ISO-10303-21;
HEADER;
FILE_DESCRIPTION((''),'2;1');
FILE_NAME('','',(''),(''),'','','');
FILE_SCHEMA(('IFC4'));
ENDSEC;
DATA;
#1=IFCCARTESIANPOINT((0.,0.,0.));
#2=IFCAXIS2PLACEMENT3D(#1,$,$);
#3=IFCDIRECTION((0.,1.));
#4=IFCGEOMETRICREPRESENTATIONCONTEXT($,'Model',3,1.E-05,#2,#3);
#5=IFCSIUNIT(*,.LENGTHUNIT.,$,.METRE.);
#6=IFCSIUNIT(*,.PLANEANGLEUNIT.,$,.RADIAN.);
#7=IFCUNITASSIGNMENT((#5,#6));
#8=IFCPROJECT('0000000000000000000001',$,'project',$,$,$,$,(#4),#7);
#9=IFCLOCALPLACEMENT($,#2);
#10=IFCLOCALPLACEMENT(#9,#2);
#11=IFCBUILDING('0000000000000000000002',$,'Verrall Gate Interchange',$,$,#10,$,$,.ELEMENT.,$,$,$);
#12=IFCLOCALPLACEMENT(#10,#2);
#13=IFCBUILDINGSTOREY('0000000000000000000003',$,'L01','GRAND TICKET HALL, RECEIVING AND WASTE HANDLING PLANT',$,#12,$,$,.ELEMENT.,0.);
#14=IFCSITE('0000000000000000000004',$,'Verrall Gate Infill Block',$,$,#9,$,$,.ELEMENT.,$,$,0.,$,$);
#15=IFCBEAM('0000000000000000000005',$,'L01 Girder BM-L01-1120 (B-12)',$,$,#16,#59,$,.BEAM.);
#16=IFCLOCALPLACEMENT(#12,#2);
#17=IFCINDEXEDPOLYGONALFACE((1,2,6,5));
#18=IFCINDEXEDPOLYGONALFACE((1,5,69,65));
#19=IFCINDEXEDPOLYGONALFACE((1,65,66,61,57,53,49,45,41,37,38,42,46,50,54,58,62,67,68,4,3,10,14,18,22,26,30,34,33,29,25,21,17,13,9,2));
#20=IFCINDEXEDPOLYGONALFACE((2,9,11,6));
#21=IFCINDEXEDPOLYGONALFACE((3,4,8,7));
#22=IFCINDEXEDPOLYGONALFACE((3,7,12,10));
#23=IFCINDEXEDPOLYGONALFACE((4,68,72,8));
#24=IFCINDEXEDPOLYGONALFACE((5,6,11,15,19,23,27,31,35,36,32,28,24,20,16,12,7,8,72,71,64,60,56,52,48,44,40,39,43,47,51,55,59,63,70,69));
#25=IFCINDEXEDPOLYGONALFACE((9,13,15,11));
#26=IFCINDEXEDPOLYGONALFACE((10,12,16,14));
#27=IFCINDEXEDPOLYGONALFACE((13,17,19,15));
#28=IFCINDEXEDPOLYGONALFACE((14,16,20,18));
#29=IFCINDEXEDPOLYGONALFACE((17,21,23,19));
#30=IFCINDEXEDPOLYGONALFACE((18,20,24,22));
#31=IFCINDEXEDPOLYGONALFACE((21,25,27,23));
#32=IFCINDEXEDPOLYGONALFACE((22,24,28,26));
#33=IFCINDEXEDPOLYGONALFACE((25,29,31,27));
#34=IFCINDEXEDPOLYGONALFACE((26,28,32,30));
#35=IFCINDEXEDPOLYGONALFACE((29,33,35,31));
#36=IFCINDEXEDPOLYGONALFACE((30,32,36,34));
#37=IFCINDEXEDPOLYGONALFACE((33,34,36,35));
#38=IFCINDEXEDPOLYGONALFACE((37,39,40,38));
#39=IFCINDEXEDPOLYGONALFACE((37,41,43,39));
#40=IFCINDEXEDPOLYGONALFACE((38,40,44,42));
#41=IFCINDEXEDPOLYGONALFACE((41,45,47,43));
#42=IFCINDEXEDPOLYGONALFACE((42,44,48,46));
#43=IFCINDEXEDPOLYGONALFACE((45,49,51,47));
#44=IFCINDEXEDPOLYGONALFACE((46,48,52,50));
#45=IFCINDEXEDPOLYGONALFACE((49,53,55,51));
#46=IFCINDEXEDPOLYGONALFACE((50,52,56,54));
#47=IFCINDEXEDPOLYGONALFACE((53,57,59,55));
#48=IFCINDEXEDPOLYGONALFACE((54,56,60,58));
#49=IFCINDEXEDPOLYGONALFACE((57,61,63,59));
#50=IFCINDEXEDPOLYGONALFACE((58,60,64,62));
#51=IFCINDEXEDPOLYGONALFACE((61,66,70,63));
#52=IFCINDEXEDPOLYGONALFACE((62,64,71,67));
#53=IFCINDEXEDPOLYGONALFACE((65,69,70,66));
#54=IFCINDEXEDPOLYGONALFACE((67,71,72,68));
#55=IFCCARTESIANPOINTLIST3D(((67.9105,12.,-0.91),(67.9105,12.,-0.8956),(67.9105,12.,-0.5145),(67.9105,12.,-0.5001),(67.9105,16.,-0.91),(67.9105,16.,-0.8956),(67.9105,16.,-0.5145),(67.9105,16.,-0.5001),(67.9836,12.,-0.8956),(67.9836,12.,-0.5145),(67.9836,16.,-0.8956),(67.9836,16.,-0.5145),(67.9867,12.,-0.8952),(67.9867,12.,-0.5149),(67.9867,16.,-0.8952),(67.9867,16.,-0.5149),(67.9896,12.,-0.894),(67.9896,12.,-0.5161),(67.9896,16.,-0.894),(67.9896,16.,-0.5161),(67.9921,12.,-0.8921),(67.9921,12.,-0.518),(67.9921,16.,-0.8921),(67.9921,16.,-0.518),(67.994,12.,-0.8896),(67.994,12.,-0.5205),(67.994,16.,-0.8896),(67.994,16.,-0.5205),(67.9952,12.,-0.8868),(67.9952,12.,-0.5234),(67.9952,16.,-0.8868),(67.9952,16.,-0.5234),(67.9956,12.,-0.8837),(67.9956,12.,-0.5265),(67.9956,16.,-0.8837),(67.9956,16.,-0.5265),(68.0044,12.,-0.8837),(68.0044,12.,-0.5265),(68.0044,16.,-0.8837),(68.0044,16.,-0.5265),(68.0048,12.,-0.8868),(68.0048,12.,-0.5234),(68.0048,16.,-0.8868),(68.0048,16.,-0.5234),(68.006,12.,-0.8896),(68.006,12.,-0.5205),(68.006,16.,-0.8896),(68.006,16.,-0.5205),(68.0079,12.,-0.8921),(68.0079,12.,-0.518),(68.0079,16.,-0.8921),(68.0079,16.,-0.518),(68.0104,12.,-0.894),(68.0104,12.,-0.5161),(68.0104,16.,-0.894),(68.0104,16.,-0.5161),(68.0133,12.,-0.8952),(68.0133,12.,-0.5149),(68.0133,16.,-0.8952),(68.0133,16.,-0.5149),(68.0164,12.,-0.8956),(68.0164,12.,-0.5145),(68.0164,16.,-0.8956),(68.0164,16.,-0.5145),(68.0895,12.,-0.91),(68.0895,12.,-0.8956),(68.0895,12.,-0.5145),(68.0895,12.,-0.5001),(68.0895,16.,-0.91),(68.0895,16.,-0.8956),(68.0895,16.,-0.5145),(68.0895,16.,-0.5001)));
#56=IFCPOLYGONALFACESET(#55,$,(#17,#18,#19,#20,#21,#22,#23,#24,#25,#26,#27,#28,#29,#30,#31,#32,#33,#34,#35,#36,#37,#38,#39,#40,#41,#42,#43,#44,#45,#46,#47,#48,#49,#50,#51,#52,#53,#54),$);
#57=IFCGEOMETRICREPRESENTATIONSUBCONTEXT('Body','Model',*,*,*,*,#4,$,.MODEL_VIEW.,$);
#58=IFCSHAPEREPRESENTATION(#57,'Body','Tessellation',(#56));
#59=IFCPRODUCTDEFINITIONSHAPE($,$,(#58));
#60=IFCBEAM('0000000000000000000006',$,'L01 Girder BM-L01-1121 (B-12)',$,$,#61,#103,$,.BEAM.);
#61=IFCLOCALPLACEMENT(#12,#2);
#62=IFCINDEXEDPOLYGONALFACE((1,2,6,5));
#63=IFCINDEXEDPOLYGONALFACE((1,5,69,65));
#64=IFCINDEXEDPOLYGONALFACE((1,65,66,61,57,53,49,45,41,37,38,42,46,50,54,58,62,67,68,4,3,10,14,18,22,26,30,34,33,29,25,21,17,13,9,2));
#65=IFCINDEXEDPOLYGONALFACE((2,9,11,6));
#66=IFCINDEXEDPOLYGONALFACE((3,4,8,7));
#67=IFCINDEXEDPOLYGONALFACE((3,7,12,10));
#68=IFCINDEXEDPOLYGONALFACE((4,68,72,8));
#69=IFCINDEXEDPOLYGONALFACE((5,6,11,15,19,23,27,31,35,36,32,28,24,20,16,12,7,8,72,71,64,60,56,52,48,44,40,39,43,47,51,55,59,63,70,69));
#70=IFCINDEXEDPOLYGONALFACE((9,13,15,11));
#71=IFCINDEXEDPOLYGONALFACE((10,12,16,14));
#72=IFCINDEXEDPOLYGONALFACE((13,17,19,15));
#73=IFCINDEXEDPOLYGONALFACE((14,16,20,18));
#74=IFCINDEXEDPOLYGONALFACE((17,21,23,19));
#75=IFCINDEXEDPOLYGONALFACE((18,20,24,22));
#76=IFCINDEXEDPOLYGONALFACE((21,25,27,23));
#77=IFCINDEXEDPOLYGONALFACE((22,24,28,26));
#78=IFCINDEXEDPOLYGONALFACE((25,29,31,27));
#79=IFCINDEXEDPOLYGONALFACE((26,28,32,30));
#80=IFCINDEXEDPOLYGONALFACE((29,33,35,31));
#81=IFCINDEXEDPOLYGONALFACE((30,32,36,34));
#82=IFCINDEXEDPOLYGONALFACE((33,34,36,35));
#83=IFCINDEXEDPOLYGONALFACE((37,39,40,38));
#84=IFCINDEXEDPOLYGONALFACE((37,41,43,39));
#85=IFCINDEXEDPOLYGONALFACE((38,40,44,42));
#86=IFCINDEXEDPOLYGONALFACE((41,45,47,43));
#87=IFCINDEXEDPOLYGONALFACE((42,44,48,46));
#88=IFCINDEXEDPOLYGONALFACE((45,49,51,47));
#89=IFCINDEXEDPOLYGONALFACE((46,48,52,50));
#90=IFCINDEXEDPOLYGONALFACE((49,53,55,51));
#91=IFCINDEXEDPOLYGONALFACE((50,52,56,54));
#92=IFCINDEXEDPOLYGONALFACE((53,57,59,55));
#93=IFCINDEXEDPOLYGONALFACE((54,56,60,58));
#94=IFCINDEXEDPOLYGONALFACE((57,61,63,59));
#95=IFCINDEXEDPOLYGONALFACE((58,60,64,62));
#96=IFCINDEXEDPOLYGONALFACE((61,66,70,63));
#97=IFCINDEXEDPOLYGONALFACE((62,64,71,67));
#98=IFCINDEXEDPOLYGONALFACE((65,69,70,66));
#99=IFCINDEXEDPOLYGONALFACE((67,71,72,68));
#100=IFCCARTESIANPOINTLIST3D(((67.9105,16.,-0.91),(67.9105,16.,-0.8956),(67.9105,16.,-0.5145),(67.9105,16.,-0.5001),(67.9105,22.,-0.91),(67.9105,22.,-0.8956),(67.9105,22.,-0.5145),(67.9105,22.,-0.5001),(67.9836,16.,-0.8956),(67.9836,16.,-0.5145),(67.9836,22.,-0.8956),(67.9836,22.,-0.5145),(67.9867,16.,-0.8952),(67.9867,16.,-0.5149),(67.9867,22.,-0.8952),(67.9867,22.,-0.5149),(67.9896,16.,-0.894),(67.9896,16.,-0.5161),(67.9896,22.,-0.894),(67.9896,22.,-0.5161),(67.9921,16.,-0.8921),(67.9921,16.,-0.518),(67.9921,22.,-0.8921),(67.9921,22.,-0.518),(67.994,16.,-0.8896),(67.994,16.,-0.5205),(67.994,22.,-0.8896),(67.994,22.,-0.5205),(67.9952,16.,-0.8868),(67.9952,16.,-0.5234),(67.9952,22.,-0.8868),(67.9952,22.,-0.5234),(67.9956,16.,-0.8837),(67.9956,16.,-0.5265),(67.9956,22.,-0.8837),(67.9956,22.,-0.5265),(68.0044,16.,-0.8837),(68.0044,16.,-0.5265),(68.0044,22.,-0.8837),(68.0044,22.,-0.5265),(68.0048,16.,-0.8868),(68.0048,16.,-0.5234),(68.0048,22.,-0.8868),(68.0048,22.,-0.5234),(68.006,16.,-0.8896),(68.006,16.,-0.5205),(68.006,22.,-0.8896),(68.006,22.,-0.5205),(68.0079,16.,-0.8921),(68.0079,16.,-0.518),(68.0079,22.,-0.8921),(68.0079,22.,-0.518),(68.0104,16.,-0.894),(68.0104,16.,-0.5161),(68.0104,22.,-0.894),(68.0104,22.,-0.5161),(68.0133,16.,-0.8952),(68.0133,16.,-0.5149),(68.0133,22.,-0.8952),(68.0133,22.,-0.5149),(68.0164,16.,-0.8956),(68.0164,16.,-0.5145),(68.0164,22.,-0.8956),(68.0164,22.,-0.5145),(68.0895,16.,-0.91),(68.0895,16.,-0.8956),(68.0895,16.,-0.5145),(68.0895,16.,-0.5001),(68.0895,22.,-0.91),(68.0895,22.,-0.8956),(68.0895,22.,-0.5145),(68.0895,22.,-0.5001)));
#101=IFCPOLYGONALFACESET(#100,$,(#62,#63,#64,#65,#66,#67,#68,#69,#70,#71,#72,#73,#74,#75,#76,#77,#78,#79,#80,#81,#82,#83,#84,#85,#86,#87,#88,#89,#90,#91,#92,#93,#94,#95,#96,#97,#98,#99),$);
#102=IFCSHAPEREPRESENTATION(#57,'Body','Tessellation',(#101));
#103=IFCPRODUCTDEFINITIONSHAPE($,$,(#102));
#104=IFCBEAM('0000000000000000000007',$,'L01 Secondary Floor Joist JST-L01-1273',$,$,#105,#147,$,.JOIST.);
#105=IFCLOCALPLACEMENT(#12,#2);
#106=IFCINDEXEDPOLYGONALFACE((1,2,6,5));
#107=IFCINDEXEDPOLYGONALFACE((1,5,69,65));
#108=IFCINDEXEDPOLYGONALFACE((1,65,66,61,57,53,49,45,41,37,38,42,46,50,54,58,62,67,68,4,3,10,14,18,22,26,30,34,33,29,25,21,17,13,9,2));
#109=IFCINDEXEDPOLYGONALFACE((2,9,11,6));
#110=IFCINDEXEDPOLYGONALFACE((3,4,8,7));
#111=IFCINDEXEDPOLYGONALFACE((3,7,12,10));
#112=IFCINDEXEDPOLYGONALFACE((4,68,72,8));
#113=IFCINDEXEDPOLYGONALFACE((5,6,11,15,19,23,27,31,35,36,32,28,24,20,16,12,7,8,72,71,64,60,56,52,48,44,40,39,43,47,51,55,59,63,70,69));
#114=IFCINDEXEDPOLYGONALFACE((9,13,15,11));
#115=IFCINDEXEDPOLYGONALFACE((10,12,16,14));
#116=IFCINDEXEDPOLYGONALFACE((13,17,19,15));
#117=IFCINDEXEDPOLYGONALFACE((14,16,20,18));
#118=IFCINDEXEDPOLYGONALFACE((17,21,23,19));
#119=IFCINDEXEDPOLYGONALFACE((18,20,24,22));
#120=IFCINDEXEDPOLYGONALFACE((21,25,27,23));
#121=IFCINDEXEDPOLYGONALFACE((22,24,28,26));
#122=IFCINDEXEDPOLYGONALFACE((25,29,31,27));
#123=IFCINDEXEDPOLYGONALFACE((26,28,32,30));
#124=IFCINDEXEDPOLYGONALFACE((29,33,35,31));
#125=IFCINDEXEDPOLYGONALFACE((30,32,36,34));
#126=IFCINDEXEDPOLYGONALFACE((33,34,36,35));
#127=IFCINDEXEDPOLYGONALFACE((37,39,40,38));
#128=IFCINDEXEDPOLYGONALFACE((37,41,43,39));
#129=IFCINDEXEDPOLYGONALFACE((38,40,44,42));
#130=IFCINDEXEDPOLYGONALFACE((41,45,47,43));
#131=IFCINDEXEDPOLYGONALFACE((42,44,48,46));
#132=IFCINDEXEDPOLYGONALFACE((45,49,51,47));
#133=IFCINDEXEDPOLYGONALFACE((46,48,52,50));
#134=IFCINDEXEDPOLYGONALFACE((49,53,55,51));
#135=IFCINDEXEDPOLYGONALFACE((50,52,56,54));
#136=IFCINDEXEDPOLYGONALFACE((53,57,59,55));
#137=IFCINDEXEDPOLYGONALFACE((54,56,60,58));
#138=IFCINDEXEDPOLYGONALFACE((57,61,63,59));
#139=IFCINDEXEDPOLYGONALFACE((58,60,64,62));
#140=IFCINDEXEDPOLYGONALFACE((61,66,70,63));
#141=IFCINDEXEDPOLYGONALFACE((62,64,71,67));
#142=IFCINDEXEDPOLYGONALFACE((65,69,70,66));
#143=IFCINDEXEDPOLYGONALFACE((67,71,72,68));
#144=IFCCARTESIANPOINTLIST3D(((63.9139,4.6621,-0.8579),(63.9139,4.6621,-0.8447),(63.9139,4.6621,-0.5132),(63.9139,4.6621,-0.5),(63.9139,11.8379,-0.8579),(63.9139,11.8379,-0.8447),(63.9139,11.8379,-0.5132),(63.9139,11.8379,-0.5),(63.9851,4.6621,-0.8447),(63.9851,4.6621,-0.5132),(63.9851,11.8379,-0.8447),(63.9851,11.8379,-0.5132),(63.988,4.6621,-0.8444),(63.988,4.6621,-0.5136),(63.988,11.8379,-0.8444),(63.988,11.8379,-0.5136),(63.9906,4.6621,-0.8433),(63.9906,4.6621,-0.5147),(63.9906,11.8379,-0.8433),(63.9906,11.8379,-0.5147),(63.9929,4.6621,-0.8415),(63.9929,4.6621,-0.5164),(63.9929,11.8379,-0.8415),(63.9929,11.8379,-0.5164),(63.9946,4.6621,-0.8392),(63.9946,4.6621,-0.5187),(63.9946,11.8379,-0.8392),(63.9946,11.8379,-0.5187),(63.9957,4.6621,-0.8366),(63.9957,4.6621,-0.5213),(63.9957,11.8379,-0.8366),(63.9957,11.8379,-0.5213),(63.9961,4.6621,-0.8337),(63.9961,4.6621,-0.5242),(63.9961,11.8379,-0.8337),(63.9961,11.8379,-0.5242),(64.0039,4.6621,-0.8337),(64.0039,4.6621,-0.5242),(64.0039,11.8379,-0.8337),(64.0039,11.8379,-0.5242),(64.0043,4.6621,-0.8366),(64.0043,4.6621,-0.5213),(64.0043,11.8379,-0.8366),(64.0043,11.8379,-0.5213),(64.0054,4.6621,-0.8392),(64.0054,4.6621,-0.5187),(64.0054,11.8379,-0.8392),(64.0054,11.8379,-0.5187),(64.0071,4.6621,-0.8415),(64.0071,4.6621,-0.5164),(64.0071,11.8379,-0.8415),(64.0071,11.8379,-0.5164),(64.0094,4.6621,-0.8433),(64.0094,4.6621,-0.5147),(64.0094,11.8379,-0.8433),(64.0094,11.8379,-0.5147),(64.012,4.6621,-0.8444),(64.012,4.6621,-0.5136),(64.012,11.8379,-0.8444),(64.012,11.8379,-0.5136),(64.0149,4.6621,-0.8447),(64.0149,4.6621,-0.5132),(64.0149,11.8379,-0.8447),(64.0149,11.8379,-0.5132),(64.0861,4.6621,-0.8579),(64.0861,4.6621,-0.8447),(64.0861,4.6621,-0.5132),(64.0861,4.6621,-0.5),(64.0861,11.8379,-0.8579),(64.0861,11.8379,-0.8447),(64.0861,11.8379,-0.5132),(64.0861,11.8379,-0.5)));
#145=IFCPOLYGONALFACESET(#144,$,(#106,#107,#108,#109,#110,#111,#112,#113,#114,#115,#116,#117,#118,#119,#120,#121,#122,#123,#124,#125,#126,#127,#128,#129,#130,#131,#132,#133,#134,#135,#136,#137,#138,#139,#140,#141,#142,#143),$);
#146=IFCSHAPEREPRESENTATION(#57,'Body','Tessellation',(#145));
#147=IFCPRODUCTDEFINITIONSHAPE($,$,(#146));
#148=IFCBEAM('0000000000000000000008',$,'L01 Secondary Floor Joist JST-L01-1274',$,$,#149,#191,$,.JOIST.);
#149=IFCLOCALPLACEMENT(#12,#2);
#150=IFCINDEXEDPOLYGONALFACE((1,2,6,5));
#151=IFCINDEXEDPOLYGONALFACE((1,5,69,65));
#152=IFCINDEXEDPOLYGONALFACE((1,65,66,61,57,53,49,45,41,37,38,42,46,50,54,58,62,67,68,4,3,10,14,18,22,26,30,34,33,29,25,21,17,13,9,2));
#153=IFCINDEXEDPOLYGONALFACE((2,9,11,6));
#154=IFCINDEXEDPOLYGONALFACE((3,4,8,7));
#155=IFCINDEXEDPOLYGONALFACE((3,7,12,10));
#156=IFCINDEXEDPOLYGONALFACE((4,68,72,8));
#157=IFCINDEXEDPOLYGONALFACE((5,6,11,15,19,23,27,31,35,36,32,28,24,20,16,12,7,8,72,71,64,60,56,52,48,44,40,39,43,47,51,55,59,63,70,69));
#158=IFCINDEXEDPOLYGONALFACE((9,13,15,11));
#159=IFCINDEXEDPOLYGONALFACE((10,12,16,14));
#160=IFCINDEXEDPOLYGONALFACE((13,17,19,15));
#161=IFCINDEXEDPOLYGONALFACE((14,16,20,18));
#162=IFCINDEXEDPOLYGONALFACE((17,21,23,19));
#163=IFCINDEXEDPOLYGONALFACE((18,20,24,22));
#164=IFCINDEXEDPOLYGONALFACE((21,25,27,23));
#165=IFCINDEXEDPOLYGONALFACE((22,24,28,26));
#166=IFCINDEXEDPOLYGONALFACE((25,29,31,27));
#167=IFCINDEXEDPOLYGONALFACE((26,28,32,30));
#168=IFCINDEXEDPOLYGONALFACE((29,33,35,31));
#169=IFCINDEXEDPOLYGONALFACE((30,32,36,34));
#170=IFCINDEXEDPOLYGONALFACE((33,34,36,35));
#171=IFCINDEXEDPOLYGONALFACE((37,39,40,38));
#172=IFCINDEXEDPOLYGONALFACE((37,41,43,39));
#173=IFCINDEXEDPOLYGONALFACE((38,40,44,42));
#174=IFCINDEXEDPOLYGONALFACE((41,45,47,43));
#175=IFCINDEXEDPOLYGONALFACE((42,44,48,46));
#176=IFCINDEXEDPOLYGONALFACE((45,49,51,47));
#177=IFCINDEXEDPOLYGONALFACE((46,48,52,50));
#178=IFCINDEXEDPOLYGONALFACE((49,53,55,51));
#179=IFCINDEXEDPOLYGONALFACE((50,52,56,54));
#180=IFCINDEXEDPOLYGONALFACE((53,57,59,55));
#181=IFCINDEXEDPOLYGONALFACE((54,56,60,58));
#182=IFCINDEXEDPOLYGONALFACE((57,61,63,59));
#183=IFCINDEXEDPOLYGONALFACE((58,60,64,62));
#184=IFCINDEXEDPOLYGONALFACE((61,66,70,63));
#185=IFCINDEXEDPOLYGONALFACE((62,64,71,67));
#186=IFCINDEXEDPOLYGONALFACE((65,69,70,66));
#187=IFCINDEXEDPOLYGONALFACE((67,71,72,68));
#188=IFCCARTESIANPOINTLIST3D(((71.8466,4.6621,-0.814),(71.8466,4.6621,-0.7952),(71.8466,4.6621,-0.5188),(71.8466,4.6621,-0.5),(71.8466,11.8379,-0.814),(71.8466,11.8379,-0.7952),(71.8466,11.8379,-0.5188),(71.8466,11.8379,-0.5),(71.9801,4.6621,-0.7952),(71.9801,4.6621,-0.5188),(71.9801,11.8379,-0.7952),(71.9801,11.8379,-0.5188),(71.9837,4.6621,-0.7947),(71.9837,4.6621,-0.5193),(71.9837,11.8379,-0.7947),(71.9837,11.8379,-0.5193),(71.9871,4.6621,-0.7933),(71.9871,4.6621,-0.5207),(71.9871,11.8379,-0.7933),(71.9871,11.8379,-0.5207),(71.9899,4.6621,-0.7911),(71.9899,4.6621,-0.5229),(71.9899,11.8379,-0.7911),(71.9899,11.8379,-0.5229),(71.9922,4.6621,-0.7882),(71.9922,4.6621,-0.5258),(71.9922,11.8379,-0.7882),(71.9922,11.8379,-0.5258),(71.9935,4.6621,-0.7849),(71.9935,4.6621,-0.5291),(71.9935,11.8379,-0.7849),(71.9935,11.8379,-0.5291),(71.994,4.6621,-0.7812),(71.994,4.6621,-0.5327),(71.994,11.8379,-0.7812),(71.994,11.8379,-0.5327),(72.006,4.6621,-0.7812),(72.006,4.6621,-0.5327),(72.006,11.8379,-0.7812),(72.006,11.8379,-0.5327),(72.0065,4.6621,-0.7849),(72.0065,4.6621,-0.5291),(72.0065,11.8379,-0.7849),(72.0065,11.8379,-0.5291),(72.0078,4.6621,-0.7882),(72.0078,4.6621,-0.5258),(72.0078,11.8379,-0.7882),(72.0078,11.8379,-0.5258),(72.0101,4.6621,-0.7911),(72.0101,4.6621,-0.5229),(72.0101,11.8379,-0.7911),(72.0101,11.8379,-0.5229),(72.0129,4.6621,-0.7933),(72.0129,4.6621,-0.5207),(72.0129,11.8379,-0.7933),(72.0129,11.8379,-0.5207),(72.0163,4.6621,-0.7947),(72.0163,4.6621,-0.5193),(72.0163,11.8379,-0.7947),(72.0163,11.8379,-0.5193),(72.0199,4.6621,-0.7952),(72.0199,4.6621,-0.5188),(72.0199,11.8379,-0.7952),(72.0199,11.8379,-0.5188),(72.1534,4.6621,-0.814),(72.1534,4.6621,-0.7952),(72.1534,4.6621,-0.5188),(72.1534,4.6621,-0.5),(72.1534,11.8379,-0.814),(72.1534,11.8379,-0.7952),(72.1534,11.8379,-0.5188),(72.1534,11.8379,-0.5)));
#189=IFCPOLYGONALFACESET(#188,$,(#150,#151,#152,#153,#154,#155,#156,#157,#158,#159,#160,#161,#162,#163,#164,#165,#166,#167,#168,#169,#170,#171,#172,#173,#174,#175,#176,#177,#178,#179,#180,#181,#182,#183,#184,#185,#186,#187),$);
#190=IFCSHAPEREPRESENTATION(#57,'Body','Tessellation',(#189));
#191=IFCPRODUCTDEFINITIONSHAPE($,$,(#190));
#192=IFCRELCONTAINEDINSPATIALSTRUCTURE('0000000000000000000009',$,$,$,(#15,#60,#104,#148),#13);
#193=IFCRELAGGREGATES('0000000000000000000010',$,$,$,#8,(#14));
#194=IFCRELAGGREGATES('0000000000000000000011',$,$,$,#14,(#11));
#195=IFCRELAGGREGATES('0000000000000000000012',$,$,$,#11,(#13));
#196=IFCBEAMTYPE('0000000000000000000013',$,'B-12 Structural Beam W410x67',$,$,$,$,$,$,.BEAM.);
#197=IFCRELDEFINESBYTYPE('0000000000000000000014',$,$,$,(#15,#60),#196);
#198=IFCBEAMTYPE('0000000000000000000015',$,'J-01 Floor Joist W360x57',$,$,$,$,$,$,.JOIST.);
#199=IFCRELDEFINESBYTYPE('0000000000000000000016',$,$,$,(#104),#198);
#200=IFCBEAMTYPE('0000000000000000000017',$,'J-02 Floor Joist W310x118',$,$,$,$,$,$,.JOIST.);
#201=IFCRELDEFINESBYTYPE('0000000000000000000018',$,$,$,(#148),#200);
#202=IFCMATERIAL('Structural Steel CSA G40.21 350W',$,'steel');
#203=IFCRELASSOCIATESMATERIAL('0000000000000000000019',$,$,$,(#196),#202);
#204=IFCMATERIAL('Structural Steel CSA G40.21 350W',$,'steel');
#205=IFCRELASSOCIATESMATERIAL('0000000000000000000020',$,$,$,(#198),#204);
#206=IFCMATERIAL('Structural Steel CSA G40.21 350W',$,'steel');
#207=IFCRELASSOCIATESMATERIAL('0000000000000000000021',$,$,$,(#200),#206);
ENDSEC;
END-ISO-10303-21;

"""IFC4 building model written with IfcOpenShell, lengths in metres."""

from ifc_helpers import new_model, si_unit, direction, frame, origin, origin_2d, place, context, subcontext, project, spatial, i_section, extrude, material, material_profile, profile_set, type_object, element, save


model = new_model("IFC4")

# Units and contexts
model_context = context("Model", 3, precision=1e-05, world=origin(), true_north=direction((0.0, 1.0)))
body_context = subcontext(model_context, "Body", "Model", "MODEL_VIEW")
ifc_project = project(units=[si_unit("LENGTHUNIT", "METRE"), si_unit("PLANEANGLEUNIT", "RADIAN")], contexts=[model_context])

# Site, building, storey
site_placement = place(None, origin())
site = spatial("IfcSite", under=ifc_project, at=site_placement, Name="Verrall Gate Infill Block", CompositionType="ELEMENT", RefElevation=0.0)
building_placement = place(site_placement, origin())
building = spatial("IfcBuilding", under=site, at=building_placement, Name="Verrall Gate Interchange", CompositionType="ELEMENT")
storey_placement = place(building_placement, origin())
storey = spatial("IfcBuildingStorey", under=building, at=storey_placement, Name="L01", Description="GRAND TICKET HALL, RECEIVING AND WASTE HANDLING PLANT", CompositionType="ELEMENT", Elevation=0.0)

# Beams
ifc_material_1 = material(Name="Structural Steel CSA G40.21 350W", Category="steel")
ifc_material_profile_1 = material_profile(ifc_material_1, i_section(OverallWidth=0.179, OverallDepth=0.4099, WebThickness=0.0088, FlangeThickness=0.0144, FilletRadius=0.012, at=origin_2d()), Name="W410x67")
ifc_profile_set_1 = profile_set([ifc_material_profile_1], Name="Structural Steel CSA G40.21 350W")
beam_type_1 = type_object("IfcBeamType", Name="B-12 Structural Beam W410x67", PredefinedType="BEAM", material=ifc_profile_set_1)
beam_1_placement = place(storey_placement, frame((68.0, 12.0, -0.7051), z_axis=(0.0, 1.0, 0.0), x_axis=(-1.0, 0.0, 0.0)))
element("IfcBeam", 1, at=beam_1_placement, inside=storey, type_object=beam_type_1, Name="L01 Girder BM-L01-1120 (B-12)", PredefinedType="BEAM", context=body_context, shape_type="SweptSolid", body=[
    extrude(i_section(OverallWidth=0.179, OverallDepth=0.4099, WebThickness=0.0088, FlangeThickness=0.0144, FilletRadius=0.012, at=origin_2d()), origin(), (0.0, 0.0, 1.0), 4.0),
])
beam_2_placement = place(storey_placement, frame((68.0, 16.0, -0.7051), z_axis=(0.0, 1.0, 0.0), x_axis=(-1.0, 0.0, 0.0)))
element("IfcBeam", 2, at=beam_2_placement, inside=storey, type_object=beam_type_1, Name="L01 Girder BM-L01-1121 (B-12)", PredefinedType="BEAM", context=body_context, shape_type="SweptSolid", body=[
    extrude(i_section(OverallWidth=0.179, OverallDepth=0.4099, WebThickness=0.0088, FlangeThickness=0.0144, FilletRadius=0.012, at=origin_2d()), origin(), (0.0, 0.0, 1.0), 6.0),
])
ifc_material_2 = material(Name="Structural Steel CSA G40.21 350W", Category="steel")
ifc_material_profile_2 = material_profile(ifc_material_2, i_section(OverallWidth=0.1721, OverallDepth=0.3579, WebThickness=0.0078, FlangeThickness=0.0132, FilletRadius=0.011, at=origin_2d()), Name="W360x57")
ifc_profile_set_2 = profile_set([ifc_material_profile_2], Name="Structural Steel CSA G40.21 350W")
beam_type_2 = type_object("IfcBeamType", Name="J-01 Floor Joist W360x57", PredefinedType="JOIST", material=ifc_profile_set_2)
beam_3_placement = place(storey_placement, frame((64.0, 4.6621, -0.679), z_axis=(0.0, 1.0, 0.0), x_axis=(-1.0, 0.0, 0.0)))
element("IfcBeam", 3, at=beam_3_placement, inside=storey, type_object=beam_type_2, Name="L01 Secondary Floor Joist JST-L01-1273", PredefinedType="JOIST", context=body_context, shape_type="SweptSolid", body=[
    extrude(i_section(OverallWidth=0.1721, OverallDepth=0.3579, WebThickness=0.0078, FlangeThickness=0.0132, FilletRadius=0.011, at=origin_2d()), origin(), (0.0, 0.0, 1.0), 7.1758),
])
ifc_material_3 = material(Name="Structural Steel CSA G40.21 350W", Category="steel")
ifc_material_profile_3 = material_profile(ifc_material_3, i_section(OverallWidth=0.3069, OverallDepth=0.314, WebThickness=0.012, FlangeThickness=0.0188, FilletRadius=0.0139, at=origin_2d()), Name="W310x118")
ifc_profile_set_3 = profile_set([ifc_material_profile_3], Name="Structural Steel CSA G40.21 350W")
beam_type_3 = type_object("IfcBeamType", Name="J-02 Floor Joist W310x118", PredefinedType="JOIST", material=ifc_profile_set_3)
beam_4_placement = place(storey_placement, frame((72.0, 4.6621, -0.657), z_axis=(0.0, 1.0, 0.0), x_axis=(-1.0, 0.0, 0.0)))
element("IfcBeam", 4, at=beam_4_placement, inside=storey, type_object=beam_type_3, Name="L01 Secondary Floor Joist JST-L01-1274", PredefinedType="JOIST", context=body_context, shape_type="SweptSolid", body=[
    extrude(i_section(OverallWidth=0.3069, OverallDepth=0.314, WebThickness=0.012, FlangeThickness=0.0188, FilletRadius=0.0139, at=origin_2d()), origin(), (0.0, 0.0, 1.0), 7.1758),
])

save(model, "model.ifc")
